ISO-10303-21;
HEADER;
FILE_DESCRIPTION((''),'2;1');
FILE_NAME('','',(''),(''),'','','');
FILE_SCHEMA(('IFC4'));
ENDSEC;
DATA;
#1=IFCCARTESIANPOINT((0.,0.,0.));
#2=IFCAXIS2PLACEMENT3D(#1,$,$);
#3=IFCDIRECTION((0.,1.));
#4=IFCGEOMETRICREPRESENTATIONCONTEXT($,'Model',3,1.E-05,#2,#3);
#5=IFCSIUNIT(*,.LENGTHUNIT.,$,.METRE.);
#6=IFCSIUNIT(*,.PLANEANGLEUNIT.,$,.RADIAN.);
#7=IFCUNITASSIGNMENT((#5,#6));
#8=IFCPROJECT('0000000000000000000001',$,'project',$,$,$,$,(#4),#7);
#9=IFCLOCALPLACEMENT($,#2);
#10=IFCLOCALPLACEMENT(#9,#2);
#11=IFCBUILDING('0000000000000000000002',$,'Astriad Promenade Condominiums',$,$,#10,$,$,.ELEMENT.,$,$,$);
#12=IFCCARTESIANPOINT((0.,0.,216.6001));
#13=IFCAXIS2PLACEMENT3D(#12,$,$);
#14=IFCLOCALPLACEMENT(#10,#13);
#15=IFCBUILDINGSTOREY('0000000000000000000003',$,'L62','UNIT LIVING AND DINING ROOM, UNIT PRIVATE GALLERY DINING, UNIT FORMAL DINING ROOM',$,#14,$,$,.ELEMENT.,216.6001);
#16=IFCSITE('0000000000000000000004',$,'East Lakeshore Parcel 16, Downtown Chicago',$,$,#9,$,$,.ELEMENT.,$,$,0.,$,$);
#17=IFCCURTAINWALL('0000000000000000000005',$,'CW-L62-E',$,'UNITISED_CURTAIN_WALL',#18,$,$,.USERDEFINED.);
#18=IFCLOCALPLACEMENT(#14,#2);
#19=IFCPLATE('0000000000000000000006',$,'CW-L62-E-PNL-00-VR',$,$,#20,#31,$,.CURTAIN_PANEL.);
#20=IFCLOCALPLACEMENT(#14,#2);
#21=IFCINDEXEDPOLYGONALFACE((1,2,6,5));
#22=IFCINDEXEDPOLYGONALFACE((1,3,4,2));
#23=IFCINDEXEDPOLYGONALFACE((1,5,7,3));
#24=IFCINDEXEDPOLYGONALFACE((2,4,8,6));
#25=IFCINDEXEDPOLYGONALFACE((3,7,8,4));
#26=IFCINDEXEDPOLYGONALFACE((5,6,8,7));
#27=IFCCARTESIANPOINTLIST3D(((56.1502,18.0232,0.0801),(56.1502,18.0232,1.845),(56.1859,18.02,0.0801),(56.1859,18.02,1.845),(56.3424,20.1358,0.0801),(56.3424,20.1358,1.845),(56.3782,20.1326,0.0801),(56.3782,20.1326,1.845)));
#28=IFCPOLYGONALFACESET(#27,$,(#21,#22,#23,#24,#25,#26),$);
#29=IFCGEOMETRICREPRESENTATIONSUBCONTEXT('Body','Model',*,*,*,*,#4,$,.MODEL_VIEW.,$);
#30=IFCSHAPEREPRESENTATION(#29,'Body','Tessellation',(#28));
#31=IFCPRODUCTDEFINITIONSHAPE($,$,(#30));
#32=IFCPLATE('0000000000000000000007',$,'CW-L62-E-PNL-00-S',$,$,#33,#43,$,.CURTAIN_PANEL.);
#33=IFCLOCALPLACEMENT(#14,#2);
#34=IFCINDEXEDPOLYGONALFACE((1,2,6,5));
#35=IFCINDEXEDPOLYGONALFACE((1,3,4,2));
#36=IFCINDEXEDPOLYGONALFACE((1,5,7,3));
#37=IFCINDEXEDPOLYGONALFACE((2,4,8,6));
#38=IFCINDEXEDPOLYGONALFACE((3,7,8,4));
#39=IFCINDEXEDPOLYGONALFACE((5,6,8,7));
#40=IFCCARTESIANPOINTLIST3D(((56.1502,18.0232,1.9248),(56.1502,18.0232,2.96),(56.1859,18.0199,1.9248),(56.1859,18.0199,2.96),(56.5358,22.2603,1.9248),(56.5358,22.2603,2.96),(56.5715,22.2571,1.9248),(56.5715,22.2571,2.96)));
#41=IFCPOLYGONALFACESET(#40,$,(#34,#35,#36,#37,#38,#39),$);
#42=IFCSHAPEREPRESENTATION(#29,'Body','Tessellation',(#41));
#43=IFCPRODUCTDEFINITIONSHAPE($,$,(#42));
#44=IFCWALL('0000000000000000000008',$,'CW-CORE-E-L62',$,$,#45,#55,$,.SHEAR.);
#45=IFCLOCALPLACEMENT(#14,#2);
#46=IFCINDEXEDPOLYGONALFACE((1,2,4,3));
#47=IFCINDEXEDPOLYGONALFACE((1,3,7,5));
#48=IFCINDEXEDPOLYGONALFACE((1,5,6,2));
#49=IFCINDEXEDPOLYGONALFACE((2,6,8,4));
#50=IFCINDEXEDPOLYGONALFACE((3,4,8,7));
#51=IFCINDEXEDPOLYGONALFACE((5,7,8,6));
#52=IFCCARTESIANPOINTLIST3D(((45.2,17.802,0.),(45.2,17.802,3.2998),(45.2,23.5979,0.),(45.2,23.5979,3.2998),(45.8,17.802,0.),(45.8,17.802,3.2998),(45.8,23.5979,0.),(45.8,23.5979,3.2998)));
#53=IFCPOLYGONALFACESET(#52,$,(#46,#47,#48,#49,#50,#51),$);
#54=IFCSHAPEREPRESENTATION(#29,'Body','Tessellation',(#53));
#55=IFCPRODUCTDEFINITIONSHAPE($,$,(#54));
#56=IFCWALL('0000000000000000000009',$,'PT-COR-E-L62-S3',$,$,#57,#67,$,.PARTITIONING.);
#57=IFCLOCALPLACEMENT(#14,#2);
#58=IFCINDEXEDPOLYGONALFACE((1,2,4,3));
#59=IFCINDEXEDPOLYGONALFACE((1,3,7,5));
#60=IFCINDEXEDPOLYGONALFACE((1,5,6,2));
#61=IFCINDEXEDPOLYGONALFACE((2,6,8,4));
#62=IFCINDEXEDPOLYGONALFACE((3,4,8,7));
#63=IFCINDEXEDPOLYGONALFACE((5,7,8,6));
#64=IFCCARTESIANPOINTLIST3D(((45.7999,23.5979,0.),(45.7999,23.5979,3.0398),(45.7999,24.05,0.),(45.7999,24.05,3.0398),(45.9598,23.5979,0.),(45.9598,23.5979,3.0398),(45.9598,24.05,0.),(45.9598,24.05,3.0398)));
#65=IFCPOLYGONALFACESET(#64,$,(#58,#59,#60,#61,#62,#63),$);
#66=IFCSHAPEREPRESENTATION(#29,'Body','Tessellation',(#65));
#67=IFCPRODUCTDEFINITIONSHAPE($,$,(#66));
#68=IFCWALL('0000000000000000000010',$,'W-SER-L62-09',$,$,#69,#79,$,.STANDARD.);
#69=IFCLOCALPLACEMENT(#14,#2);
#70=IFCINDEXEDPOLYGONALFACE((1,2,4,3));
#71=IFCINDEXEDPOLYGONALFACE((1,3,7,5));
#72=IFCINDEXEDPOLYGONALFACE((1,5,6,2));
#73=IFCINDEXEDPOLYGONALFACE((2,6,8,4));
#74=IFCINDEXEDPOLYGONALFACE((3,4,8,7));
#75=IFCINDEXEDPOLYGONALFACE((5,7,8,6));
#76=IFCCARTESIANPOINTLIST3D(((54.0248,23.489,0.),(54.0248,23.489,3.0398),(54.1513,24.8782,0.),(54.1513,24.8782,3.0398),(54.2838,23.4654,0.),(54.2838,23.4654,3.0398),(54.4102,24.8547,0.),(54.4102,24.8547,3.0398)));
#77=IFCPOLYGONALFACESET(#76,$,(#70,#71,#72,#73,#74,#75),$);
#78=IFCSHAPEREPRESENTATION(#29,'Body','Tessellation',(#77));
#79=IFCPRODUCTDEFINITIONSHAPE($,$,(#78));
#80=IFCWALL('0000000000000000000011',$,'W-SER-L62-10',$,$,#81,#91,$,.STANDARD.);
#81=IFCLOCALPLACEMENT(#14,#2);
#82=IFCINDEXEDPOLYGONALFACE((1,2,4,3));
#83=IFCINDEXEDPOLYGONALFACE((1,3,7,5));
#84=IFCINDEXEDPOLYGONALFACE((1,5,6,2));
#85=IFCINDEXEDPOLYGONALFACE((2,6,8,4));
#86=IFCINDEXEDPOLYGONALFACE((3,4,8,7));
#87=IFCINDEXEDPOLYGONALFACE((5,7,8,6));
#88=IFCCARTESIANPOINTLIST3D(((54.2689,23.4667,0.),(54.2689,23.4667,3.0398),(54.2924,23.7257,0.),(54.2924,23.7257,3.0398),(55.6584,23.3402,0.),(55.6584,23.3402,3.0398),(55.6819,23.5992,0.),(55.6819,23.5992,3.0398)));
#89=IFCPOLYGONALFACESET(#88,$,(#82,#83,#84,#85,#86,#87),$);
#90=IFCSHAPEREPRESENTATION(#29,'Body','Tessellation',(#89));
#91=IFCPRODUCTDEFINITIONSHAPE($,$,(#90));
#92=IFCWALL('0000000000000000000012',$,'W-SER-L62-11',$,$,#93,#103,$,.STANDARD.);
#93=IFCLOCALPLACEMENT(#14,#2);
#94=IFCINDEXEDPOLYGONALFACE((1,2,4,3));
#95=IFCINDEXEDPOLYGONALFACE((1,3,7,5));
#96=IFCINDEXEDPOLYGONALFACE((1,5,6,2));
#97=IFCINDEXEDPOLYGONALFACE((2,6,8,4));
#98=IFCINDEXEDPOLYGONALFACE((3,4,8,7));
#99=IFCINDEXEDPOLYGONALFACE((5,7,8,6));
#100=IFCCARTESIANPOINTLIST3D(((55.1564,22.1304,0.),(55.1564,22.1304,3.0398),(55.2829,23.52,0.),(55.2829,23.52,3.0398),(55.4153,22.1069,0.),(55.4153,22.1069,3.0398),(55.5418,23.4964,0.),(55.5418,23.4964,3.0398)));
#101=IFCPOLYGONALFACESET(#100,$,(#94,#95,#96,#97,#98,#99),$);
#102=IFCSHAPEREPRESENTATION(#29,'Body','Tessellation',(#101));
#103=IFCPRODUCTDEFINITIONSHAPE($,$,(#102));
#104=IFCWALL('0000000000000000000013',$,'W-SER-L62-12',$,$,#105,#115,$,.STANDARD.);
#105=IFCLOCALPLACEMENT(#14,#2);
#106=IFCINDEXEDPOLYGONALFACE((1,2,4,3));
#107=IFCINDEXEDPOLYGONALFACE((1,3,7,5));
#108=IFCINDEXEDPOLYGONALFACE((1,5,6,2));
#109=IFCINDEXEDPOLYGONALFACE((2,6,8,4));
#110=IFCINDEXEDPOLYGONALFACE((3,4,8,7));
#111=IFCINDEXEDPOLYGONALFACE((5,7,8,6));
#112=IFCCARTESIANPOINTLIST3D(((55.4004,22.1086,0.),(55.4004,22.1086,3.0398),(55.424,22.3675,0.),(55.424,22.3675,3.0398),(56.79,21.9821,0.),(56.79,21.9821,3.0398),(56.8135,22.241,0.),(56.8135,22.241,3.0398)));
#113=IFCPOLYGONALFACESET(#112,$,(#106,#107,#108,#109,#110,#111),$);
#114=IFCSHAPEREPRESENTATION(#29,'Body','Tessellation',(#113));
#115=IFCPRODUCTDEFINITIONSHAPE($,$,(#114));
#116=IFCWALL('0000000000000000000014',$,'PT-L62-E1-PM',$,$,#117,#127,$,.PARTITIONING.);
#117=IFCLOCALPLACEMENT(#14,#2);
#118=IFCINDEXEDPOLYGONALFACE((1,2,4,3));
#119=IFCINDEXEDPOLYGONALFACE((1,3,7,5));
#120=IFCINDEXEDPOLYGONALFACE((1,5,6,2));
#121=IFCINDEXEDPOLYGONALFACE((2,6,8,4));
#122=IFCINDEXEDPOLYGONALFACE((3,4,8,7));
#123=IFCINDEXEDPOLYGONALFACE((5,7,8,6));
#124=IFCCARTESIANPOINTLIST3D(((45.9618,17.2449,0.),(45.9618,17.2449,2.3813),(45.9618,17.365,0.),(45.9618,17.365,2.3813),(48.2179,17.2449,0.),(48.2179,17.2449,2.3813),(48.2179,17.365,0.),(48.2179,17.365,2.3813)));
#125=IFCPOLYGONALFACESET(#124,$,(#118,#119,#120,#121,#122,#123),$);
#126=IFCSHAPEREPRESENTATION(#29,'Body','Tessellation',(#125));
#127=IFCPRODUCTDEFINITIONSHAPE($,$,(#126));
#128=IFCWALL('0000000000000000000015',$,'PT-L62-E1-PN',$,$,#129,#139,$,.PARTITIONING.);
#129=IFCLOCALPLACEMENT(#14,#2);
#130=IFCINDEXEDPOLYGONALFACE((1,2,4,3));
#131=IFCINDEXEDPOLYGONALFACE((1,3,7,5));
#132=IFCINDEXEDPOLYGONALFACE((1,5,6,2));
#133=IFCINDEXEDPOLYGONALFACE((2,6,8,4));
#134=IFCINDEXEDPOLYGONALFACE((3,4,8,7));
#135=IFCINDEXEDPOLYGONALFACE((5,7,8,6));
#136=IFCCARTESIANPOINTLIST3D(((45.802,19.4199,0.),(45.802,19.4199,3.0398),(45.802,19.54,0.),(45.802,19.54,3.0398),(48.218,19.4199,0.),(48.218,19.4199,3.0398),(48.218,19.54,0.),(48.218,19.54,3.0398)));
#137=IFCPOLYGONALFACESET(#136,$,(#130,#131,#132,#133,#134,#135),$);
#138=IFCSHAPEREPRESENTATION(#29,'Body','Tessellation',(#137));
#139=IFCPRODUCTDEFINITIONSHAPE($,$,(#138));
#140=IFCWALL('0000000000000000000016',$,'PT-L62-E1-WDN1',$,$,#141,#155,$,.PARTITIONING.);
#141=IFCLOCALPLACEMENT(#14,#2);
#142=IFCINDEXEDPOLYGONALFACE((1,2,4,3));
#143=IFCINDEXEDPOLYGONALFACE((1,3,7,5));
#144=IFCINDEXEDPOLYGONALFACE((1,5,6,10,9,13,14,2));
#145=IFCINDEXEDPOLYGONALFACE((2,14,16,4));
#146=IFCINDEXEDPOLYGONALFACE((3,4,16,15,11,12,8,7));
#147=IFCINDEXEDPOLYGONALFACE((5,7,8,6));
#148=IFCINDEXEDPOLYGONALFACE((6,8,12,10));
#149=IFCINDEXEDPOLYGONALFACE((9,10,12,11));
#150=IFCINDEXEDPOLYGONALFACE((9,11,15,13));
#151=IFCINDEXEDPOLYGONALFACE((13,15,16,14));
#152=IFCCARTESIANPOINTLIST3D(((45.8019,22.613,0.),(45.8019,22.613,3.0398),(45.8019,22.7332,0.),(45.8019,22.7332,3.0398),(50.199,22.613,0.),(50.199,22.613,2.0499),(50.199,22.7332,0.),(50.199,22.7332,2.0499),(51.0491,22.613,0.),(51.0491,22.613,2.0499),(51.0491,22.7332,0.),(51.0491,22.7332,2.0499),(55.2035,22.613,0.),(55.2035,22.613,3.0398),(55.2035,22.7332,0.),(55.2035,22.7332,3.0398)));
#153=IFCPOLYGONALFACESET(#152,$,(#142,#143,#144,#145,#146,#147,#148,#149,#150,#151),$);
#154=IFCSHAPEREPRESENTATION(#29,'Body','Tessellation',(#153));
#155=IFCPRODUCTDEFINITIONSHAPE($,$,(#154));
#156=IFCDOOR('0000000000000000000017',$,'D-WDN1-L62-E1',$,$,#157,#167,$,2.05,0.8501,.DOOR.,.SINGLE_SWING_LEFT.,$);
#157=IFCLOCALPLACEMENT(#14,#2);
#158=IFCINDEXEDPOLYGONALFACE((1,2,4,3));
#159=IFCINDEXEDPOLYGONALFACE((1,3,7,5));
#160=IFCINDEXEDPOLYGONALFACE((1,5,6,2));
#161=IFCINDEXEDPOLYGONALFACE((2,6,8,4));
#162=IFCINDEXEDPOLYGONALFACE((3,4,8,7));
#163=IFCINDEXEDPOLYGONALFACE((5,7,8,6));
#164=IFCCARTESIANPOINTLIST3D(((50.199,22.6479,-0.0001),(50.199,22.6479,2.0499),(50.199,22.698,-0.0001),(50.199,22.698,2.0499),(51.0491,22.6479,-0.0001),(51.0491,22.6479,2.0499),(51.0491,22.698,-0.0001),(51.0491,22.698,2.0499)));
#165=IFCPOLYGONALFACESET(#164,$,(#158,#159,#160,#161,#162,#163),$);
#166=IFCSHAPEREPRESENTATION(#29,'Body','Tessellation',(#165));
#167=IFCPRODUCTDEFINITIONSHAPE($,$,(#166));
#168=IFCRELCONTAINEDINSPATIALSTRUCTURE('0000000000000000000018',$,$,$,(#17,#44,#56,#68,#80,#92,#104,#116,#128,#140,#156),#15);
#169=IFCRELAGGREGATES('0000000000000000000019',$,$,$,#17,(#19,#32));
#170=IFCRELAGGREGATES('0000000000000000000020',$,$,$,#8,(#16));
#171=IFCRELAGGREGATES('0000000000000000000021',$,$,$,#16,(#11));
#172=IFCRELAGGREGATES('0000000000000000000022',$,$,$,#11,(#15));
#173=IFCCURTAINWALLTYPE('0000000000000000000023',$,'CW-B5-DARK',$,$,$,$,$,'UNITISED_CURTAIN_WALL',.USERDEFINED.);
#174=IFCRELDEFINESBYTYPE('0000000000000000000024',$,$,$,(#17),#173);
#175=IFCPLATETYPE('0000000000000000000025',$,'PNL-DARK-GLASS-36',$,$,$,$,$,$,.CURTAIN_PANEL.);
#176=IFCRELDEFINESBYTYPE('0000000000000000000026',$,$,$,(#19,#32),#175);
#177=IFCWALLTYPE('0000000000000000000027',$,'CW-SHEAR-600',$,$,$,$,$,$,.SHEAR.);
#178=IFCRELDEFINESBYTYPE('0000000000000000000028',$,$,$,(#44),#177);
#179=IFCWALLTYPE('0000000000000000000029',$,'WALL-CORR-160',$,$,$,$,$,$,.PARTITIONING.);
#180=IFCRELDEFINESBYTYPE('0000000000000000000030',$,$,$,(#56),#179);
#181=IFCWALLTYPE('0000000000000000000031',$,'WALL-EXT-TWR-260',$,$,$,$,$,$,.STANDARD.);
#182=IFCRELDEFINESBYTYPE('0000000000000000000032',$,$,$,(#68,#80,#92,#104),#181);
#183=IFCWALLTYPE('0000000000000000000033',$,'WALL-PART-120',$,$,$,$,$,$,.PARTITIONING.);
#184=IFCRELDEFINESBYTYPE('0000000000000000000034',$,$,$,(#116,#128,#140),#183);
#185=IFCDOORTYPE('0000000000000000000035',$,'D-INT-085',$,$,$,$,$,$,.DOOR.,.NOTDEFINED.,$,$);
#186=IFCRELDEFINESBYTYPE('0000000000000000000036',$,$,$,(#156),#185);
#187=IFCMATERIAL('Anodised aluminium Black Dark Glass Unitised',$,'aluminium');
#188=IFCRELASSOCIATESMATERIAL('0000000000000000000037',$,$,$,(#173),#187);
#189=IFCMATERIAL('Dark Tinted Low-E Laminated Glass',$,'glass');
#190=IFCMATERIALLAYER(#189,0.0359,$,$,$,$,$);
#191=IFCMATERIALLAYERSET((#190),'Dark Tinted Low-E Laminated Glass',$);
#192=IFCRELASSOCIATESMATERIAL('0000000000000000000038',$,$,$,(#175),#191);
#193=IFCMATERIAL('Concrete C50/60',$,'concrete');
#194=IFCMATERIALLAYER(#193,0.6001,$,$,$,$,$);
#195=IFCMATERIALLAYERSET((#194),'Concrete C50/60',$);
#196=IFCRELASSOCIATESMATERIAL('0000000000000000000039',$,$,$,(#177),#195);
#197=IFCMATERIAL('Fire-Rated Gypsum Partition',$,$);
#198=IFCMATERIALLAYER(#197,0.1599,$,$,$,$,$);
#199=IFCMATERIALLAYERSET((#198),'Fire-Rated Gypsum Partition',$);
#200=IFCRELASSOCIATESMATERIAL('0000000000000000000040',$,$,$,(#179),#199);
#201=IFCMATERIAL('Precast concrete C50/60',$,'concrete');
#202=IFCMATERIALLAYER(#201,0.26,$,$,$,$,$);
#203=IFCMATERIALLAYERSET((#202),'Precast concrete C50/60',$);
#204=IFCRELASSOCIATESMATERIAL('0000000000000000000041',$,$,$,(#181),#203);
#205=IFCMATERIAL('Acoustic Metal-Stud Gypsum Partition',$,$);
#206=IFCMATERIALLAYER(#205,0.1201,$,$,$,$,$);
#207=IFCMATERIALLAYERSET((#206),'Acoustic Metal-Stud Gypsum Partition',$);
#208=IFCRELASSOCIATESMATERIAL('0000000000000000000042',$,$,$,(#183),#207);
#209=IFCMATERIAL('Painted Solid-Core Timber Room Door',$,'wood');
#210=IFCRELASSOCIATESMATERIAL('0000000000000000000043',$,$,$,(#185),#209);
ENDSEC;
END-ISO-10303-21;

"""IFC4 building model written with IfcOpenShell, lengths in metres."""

from ifc_helpers import new_model, si_unit, direction, frame, frame_2d, origin, origin_2d, place, context, subcontext, project, spatial, rectangle, extrude, source, transform, mapped, material, layer, layer_set, type_object, type_shapes, element, fill, aggregate, save


model = new_model("IFC4")

# Units and contexts
model_context = context("Model", 3, precision=1e-05, world=origin(), true_north=direction((0.0, 1.0)))
body_context = subcontext(model_context, "Body", "Model", "MODEL_VIEW")
ifc_project = project(units=[si_unit("LENGTHUNIT", "METRE"), si_unit("PLANEANGLEUNIT", "RADIAN")], contexts=[model_context])

# Site, building, storey
site_placement = place(None, origin())
site = spatial("IfcSite", under=ifc_project, at=site_placement, Name="East Lakeshore Parcel 16, Downtown Chicago", CompositionType="ELEMENT", RefElevation=0.0)
building_placement = place(site_placement, origin())
building = spatial("IfcBuilding", under=site, at=building_placement, Name="Astriad Promenade Condominiums", CompositionType="ELEMENT")
storey_placement = place(building_placement, frame((0.0, 0.0, 216.6001)))
storey = spatial("IfcBuildingStorey", under=building, at=storey_placement, Name="L62", Description="UNIT LIVING AND DINING ROOM, UNIT PRIVATE GALLERY DINING, UNIT FORMAL DINING ROOM", CompositionType="ELEMENT", Elevation=216.6001)

# Shared definitions
ifc_material_1 = material(Name="Concrete C50/60", Category="concrete")

# Curtain wall, plates
ifc_material_2 = material(Name="Anodised aluminium Black Dark Glass Unitised", Category="aluminium")
curtain_wall_type = type_object("IfcCurtainWallType", Name="CW-B5-DARK", ElementType="UNITISED_CURTAIN_WALL", PredefinedType="USERDEFINED", material=ifc_material_2)
curtain_wall_placement = place(storey_placement, origin())
curtain_wall = element("IfcCurtainWall", 1, at=curtain_wall_placement, inside=storey, type_object=curtain_wall_type, Name="CW-L62-E", ObjectType="UNITISED_CURTAIN_WALL", PredefinedType="USERDEFINED")
ifc_material_3 = material(Name="Dark Tinted Low-E Laminated Glass", Category="glass")
ifc_layer_1 = layer(ifc_material_3, 0.0359)
ifc_layer_set_1 = layer_set([ifc_layer_1], Name="Dark Tinted Low-E Laminated Glass")
plate_type = type_object("IfcPlateType", Name="PNL-DARK-GLASS-36", PredefinedType="CURTAIN_PANEL", material=ifc_layer_set_1)
shared_shape_1 = source(origin(), body_context, "Body", "SweptSolid", [
    extrude(rectangle(XDim=2.1213, YDim=0.0359, at=origin_2d()), origin(), (0.0, 0.0, 1.0), 1.7649),
])
plate_1_placement = place(storey_placement, frame((56.2642, 19.0779, 0.0801), z_axis=(0.0, 0.0, 1.0), x_axis=(-0.090633, -0.995884, 0.0)))
plate_1 = element("IfcPlate", 2, at=plate_1_placement, type_object=plate_type, Name="CW-L62-E-PNL-00-VR", PredefinedType="CURTAIN_PANEL", context=body_context, shape_type="MappedRepresentation", body=[
    mapped(shared_shape_1, transform((0.0, 0.0, 0.0), scale=1.0)),
])
shared_shape_2 = source(origin(), body_context, "Body", "SweptSolid", [
    extrude(rectangle(XDim=4.2546, YDim=0.0359, at=origin_2d()), origin(), (0.0, 0.0, 1.0), 1.0352),
])
type_shapes(plate_type, [shared_shape_1, shared_shape_2])
plate_2_placement = place(storey_placement, frame((56.3608, 20.1401, 1.9248), z_axis=(0.0, 0.0, 1.0), x_axis=(-0.090633, -0.995884, 0.0)))
plate_2 = element("IfcPlate", 3, at=plate_2_placement, type_object=plate_type, Name="CW-L62-E-PNL-00-S", PredefinedType="CURTAIN_PANEL", context=body_context, shape_type="MappedRepresentation", body=[
    mapped(shared_shape_2, transform((0.0, 0.0, 0.0), scale=1.0)),
])
aggregate(curtain_wall, [plate_1, plate_2])

# Walls
ifc_layer_2 = layer(ifc_material_1, 0.6001)
ifc_layer_set_2 = layer_set([ifc_layer_2], Name="Concrete C50/60")
wall_type_1 = type_object("IfcWallType", Name="CW-SHEAR-600", PredefinedType="SHEAR", material=ifc_layer_set_2)
wall_1_placement = place(storey_placement, frame((45.5, 17.802, 0.0), z_axis=(0.0, 0.0, 1.0), x_axis=(0.0, 1.0, 0.0)))
element("IfcWall", 4, at=wall_1_placement, inside=storey, type_object=wall_type_1, Name="CW-CORE-E-L62", PredefinedType="SHEAR", context=body_context, shape_type="SweptSolid", body=[
    extrude(rectangle(XDim=5.7959, YDim=0.6001, at=frame_2d((2.8979, 0.0))), origin(), (0.0, 0.0, 1.0), 3.2998),
])
ifc_material_4 = material(Name="Fire-Rated Gypsum Partition")
ifc_layer_3 = layer(ifc_material_4, 0.1599)
ifc_layer_set_3 = layer_set([ifc_layer_3], Name="Fire-Rated Gypsum Partition")
wall_type_2 = type_object("IfcWallType", Name="WALL-CORR-160", PredefinedType="PARTITIONING", material=ifc_layer_set_3)
wall_2_placement = place(storey_placement, frame((45.8799, 23.5979, 0.0), z_axis=(0.0, 0.0, 1.0), x_axis=(0.0, 1.0, 0.0)))
element("IfcWall", 5, at=wall_2_placement, inside=storey, type_object=wall_type_2, Name="PT-COR-E-L62-S3", PredefinedType="PARTITIONING", context=body_context, shape_type="SweptSolid", body=[
    extrude(rectangle(XDim=0.4521, YDim=0.1599, at=frame_2d((0.2261, 0.0))), origin(), (0.0, 0.0, 1.0), 3.0398),
])
ifc_material_5 = material(Name="Precast concrete C50/60", Category="concrete")
ifc_layer_4 = layer(ifc_material_5, 0.26)
ifc_layer_set_4 = layer_set([ifc_layer_4], Name="Precast concrete C50/60")
wall_type_3 = type_object("IfcWallType", Name="WALL-EXT-TWR-260", PredefinedType="STANDARD", material=ifc_layer_set_4)
wall_3_placement = place(storey_placement, frame((54.2808, 24.8665, 0.0), z_axis=(0.0, 0.0, 1.0), x_axis=(-0.090662, -0.995882, 0.0)))
element("IfcWall", 6, at=wall_3_placement, inside=storey, type_object=wall_type_3, Name="W-SER-L62-09", PredefinedType="STANDARD", context=body_context, shape_type="SweptSolid", body=[
    extrude(rectangle(XDim=1.395, YDim=0.26, at=frame_2d((0.6975, 0.0))), origin(), (0.0, 0.0, 1.0), 3.0398),
])
for number, where, z_axis, x_axis, name in (
    (7, (54.2805, 23.5962, 0.0), (0.0, 0.0, 1.0), (0.995883, -0.090646, 0.0), "W-SER-L62-10"),
    (8, (55.4124, 23.5083, 0.0), (0.0, 0.0, 1.0), (-0.090646, -0.995883, 0.0), "W-SER-L62-11"),
    (9, (55.4121, 22.238, 0.0), (0.0, 0.0, 1.0), (0.995883, -0.090646, 0.0), "W-SER-L62-12"),
):
    element("IfcWall", number, at=place(storey_placement, frame(where, z_axis=z_axis, x_axis=x_axis)), inside=storey, type_object=wall_type_3, Name=name, PredefinedType="STANDARD", context=body_context, shape_type="SweptSolid", body=[
        extrude(rectangle(XDim=1.3953, YDim=0.26, at=frame_2d((0.6978, 0.0))), origin(), (0.0, 0.0, 1.0), 3.0398),
    ])
ifc_material_6 = material(Name="Acoustic Metal-Stud Gypsum Partition")
ifc_layer_5 = layer(ifc_material_6, 0.1201)
ifc_layer_set_5 = layer_set([ifc_layer_5], Name="Acoustic Metal-Stud Gypsum Partition")
wall_type_4 = type_object("IfcWallType", Name="WALL-PART-120", PredefinedType="PARTITIONING", material=ifc_layer_set_5)
wall_4_placement = place(storey_placement, frame((45.9619, 17.3049, 0.0), z_axis=(0.0, 0.0, 1.0), x_axis=(1.0, 0.0, 0.0)))
element("IfcWall", 10, at=wall_4_placement, inside=storey, type_object=wall_type_4, Name="PT-L62-E1-PM", PredefinedType="PARTITIONING", context=body_context, shape_type="SweptSolid", body=[
    extrude(rectangle(XDim=2.2561, YDim=0.1201, at=frame_2d((1.1279, 0.0))), origin(), (0.0, 0.0, 1.0), 2.3813),
])
wall_5_placement = place(storey_placement, frame((45.802, 19.48, 0.0), z_axis=(0.0, 0.0, 1.0), x_axis=(1.0, 0.0, 0.0)))
element("IfcWall", 11, at=wall_5_placement, inside=storey, type_object=wall_type_4, Name="PT-L62-E1-PN", PredefinedType="PARTITIONING", context=body_context, shape_type="SweptSolid", body=[
    extrude(rectangle(XDim=2.416, YDim=0.1201, at=frame_2d((1.208, 0.0))), origin(), (0.0, 0.0, 1.0), 3.0398),
])

# Wall, opening, door
wall_6_placement = place(storey_placement, frame((45.802, 22.6731, 0.0), z_axis=(0.0, 0.0, 1.0), x_axis=(1.0, 0.0, 0.0)))
wall_6 = element("IfcWall", 12, at=wall_6_placement, inside=storey, type_object=wall_type_4, Name="PT-L62-E1-WDN1", PredefinedType="PARTITIONING", context=body_context, shape_type="SweptSolid", body=[
    extrude(rectangle(XDim=9.4016, YDim=0.1201, at=frame_2d((4.7007, 0.0))), origin(), (0.0, 0.0, 1.0), 3.0398),
])
opening_1_placement = place(wall_6_placement, frame((4.397, 0.0, 0.0)))
opening_1 = element("IfcOpeningElement", 13, at=opening_1_placement, cuts=wall_6, PredefinedType="OPENING", context=body_context, shape_type="SweptSolid", body=[
    extrude(rectangle(XDim=0.8501, YDim=2.05, at=frame_2d((0.425, 1.0249))), frame((0.0, 0.0701, 0.0), z_axis=(0.0, -1.0, 0.0), x_axis=(1.0, 0.0, 0.0)), (0.0, 0.0, 1.0), 0.1401),
])
ifc_material_7 = material(Name="Painted Solid-Core Timber Room Door", Category="wood")
door_type = type_object("IfcDoorType", Name="D-INT-085", OperationType="NOTDEFINED", PredefinedType="DOOR", material=ifc_material_7)
shared_shape_3 = source(origin(), body_context, "Body", "SweptSolid", [
    extrude(rectangle(XDim=0.8501, YDim=2.05, at=frame_2d((0.425, 1.0249))), frame((0.0, 0.0249, 0.0), z_axis=(0.0, -1.0, 0.0), x_axis=(1.0, 0.0, 0.0)), (0.0, 0.0, 1.0), 0.05),
])
type_shapes(door_type, [shared_shape_3])
door_1_placement = place(opening_1_placement, origin())
door_1 = element("IfcDoor", 14, at=door_1_placement, inside=storey, type_object=door_type, Name="D-WDN1-L62-E1", OperationType="SINGLE_SWING_LEFT", OverallHeight=2.05, OverallWidth=0.8501, PredefinedType="DOOR", context=body_context, shape_type="MappedRepresentation", body=[
    mapped(shared_shape_3, transform((0.0, 0.0, 0.0), scale=1.0)),
])
fill(opening_1, door_1)

save(model, "model.ifc")
